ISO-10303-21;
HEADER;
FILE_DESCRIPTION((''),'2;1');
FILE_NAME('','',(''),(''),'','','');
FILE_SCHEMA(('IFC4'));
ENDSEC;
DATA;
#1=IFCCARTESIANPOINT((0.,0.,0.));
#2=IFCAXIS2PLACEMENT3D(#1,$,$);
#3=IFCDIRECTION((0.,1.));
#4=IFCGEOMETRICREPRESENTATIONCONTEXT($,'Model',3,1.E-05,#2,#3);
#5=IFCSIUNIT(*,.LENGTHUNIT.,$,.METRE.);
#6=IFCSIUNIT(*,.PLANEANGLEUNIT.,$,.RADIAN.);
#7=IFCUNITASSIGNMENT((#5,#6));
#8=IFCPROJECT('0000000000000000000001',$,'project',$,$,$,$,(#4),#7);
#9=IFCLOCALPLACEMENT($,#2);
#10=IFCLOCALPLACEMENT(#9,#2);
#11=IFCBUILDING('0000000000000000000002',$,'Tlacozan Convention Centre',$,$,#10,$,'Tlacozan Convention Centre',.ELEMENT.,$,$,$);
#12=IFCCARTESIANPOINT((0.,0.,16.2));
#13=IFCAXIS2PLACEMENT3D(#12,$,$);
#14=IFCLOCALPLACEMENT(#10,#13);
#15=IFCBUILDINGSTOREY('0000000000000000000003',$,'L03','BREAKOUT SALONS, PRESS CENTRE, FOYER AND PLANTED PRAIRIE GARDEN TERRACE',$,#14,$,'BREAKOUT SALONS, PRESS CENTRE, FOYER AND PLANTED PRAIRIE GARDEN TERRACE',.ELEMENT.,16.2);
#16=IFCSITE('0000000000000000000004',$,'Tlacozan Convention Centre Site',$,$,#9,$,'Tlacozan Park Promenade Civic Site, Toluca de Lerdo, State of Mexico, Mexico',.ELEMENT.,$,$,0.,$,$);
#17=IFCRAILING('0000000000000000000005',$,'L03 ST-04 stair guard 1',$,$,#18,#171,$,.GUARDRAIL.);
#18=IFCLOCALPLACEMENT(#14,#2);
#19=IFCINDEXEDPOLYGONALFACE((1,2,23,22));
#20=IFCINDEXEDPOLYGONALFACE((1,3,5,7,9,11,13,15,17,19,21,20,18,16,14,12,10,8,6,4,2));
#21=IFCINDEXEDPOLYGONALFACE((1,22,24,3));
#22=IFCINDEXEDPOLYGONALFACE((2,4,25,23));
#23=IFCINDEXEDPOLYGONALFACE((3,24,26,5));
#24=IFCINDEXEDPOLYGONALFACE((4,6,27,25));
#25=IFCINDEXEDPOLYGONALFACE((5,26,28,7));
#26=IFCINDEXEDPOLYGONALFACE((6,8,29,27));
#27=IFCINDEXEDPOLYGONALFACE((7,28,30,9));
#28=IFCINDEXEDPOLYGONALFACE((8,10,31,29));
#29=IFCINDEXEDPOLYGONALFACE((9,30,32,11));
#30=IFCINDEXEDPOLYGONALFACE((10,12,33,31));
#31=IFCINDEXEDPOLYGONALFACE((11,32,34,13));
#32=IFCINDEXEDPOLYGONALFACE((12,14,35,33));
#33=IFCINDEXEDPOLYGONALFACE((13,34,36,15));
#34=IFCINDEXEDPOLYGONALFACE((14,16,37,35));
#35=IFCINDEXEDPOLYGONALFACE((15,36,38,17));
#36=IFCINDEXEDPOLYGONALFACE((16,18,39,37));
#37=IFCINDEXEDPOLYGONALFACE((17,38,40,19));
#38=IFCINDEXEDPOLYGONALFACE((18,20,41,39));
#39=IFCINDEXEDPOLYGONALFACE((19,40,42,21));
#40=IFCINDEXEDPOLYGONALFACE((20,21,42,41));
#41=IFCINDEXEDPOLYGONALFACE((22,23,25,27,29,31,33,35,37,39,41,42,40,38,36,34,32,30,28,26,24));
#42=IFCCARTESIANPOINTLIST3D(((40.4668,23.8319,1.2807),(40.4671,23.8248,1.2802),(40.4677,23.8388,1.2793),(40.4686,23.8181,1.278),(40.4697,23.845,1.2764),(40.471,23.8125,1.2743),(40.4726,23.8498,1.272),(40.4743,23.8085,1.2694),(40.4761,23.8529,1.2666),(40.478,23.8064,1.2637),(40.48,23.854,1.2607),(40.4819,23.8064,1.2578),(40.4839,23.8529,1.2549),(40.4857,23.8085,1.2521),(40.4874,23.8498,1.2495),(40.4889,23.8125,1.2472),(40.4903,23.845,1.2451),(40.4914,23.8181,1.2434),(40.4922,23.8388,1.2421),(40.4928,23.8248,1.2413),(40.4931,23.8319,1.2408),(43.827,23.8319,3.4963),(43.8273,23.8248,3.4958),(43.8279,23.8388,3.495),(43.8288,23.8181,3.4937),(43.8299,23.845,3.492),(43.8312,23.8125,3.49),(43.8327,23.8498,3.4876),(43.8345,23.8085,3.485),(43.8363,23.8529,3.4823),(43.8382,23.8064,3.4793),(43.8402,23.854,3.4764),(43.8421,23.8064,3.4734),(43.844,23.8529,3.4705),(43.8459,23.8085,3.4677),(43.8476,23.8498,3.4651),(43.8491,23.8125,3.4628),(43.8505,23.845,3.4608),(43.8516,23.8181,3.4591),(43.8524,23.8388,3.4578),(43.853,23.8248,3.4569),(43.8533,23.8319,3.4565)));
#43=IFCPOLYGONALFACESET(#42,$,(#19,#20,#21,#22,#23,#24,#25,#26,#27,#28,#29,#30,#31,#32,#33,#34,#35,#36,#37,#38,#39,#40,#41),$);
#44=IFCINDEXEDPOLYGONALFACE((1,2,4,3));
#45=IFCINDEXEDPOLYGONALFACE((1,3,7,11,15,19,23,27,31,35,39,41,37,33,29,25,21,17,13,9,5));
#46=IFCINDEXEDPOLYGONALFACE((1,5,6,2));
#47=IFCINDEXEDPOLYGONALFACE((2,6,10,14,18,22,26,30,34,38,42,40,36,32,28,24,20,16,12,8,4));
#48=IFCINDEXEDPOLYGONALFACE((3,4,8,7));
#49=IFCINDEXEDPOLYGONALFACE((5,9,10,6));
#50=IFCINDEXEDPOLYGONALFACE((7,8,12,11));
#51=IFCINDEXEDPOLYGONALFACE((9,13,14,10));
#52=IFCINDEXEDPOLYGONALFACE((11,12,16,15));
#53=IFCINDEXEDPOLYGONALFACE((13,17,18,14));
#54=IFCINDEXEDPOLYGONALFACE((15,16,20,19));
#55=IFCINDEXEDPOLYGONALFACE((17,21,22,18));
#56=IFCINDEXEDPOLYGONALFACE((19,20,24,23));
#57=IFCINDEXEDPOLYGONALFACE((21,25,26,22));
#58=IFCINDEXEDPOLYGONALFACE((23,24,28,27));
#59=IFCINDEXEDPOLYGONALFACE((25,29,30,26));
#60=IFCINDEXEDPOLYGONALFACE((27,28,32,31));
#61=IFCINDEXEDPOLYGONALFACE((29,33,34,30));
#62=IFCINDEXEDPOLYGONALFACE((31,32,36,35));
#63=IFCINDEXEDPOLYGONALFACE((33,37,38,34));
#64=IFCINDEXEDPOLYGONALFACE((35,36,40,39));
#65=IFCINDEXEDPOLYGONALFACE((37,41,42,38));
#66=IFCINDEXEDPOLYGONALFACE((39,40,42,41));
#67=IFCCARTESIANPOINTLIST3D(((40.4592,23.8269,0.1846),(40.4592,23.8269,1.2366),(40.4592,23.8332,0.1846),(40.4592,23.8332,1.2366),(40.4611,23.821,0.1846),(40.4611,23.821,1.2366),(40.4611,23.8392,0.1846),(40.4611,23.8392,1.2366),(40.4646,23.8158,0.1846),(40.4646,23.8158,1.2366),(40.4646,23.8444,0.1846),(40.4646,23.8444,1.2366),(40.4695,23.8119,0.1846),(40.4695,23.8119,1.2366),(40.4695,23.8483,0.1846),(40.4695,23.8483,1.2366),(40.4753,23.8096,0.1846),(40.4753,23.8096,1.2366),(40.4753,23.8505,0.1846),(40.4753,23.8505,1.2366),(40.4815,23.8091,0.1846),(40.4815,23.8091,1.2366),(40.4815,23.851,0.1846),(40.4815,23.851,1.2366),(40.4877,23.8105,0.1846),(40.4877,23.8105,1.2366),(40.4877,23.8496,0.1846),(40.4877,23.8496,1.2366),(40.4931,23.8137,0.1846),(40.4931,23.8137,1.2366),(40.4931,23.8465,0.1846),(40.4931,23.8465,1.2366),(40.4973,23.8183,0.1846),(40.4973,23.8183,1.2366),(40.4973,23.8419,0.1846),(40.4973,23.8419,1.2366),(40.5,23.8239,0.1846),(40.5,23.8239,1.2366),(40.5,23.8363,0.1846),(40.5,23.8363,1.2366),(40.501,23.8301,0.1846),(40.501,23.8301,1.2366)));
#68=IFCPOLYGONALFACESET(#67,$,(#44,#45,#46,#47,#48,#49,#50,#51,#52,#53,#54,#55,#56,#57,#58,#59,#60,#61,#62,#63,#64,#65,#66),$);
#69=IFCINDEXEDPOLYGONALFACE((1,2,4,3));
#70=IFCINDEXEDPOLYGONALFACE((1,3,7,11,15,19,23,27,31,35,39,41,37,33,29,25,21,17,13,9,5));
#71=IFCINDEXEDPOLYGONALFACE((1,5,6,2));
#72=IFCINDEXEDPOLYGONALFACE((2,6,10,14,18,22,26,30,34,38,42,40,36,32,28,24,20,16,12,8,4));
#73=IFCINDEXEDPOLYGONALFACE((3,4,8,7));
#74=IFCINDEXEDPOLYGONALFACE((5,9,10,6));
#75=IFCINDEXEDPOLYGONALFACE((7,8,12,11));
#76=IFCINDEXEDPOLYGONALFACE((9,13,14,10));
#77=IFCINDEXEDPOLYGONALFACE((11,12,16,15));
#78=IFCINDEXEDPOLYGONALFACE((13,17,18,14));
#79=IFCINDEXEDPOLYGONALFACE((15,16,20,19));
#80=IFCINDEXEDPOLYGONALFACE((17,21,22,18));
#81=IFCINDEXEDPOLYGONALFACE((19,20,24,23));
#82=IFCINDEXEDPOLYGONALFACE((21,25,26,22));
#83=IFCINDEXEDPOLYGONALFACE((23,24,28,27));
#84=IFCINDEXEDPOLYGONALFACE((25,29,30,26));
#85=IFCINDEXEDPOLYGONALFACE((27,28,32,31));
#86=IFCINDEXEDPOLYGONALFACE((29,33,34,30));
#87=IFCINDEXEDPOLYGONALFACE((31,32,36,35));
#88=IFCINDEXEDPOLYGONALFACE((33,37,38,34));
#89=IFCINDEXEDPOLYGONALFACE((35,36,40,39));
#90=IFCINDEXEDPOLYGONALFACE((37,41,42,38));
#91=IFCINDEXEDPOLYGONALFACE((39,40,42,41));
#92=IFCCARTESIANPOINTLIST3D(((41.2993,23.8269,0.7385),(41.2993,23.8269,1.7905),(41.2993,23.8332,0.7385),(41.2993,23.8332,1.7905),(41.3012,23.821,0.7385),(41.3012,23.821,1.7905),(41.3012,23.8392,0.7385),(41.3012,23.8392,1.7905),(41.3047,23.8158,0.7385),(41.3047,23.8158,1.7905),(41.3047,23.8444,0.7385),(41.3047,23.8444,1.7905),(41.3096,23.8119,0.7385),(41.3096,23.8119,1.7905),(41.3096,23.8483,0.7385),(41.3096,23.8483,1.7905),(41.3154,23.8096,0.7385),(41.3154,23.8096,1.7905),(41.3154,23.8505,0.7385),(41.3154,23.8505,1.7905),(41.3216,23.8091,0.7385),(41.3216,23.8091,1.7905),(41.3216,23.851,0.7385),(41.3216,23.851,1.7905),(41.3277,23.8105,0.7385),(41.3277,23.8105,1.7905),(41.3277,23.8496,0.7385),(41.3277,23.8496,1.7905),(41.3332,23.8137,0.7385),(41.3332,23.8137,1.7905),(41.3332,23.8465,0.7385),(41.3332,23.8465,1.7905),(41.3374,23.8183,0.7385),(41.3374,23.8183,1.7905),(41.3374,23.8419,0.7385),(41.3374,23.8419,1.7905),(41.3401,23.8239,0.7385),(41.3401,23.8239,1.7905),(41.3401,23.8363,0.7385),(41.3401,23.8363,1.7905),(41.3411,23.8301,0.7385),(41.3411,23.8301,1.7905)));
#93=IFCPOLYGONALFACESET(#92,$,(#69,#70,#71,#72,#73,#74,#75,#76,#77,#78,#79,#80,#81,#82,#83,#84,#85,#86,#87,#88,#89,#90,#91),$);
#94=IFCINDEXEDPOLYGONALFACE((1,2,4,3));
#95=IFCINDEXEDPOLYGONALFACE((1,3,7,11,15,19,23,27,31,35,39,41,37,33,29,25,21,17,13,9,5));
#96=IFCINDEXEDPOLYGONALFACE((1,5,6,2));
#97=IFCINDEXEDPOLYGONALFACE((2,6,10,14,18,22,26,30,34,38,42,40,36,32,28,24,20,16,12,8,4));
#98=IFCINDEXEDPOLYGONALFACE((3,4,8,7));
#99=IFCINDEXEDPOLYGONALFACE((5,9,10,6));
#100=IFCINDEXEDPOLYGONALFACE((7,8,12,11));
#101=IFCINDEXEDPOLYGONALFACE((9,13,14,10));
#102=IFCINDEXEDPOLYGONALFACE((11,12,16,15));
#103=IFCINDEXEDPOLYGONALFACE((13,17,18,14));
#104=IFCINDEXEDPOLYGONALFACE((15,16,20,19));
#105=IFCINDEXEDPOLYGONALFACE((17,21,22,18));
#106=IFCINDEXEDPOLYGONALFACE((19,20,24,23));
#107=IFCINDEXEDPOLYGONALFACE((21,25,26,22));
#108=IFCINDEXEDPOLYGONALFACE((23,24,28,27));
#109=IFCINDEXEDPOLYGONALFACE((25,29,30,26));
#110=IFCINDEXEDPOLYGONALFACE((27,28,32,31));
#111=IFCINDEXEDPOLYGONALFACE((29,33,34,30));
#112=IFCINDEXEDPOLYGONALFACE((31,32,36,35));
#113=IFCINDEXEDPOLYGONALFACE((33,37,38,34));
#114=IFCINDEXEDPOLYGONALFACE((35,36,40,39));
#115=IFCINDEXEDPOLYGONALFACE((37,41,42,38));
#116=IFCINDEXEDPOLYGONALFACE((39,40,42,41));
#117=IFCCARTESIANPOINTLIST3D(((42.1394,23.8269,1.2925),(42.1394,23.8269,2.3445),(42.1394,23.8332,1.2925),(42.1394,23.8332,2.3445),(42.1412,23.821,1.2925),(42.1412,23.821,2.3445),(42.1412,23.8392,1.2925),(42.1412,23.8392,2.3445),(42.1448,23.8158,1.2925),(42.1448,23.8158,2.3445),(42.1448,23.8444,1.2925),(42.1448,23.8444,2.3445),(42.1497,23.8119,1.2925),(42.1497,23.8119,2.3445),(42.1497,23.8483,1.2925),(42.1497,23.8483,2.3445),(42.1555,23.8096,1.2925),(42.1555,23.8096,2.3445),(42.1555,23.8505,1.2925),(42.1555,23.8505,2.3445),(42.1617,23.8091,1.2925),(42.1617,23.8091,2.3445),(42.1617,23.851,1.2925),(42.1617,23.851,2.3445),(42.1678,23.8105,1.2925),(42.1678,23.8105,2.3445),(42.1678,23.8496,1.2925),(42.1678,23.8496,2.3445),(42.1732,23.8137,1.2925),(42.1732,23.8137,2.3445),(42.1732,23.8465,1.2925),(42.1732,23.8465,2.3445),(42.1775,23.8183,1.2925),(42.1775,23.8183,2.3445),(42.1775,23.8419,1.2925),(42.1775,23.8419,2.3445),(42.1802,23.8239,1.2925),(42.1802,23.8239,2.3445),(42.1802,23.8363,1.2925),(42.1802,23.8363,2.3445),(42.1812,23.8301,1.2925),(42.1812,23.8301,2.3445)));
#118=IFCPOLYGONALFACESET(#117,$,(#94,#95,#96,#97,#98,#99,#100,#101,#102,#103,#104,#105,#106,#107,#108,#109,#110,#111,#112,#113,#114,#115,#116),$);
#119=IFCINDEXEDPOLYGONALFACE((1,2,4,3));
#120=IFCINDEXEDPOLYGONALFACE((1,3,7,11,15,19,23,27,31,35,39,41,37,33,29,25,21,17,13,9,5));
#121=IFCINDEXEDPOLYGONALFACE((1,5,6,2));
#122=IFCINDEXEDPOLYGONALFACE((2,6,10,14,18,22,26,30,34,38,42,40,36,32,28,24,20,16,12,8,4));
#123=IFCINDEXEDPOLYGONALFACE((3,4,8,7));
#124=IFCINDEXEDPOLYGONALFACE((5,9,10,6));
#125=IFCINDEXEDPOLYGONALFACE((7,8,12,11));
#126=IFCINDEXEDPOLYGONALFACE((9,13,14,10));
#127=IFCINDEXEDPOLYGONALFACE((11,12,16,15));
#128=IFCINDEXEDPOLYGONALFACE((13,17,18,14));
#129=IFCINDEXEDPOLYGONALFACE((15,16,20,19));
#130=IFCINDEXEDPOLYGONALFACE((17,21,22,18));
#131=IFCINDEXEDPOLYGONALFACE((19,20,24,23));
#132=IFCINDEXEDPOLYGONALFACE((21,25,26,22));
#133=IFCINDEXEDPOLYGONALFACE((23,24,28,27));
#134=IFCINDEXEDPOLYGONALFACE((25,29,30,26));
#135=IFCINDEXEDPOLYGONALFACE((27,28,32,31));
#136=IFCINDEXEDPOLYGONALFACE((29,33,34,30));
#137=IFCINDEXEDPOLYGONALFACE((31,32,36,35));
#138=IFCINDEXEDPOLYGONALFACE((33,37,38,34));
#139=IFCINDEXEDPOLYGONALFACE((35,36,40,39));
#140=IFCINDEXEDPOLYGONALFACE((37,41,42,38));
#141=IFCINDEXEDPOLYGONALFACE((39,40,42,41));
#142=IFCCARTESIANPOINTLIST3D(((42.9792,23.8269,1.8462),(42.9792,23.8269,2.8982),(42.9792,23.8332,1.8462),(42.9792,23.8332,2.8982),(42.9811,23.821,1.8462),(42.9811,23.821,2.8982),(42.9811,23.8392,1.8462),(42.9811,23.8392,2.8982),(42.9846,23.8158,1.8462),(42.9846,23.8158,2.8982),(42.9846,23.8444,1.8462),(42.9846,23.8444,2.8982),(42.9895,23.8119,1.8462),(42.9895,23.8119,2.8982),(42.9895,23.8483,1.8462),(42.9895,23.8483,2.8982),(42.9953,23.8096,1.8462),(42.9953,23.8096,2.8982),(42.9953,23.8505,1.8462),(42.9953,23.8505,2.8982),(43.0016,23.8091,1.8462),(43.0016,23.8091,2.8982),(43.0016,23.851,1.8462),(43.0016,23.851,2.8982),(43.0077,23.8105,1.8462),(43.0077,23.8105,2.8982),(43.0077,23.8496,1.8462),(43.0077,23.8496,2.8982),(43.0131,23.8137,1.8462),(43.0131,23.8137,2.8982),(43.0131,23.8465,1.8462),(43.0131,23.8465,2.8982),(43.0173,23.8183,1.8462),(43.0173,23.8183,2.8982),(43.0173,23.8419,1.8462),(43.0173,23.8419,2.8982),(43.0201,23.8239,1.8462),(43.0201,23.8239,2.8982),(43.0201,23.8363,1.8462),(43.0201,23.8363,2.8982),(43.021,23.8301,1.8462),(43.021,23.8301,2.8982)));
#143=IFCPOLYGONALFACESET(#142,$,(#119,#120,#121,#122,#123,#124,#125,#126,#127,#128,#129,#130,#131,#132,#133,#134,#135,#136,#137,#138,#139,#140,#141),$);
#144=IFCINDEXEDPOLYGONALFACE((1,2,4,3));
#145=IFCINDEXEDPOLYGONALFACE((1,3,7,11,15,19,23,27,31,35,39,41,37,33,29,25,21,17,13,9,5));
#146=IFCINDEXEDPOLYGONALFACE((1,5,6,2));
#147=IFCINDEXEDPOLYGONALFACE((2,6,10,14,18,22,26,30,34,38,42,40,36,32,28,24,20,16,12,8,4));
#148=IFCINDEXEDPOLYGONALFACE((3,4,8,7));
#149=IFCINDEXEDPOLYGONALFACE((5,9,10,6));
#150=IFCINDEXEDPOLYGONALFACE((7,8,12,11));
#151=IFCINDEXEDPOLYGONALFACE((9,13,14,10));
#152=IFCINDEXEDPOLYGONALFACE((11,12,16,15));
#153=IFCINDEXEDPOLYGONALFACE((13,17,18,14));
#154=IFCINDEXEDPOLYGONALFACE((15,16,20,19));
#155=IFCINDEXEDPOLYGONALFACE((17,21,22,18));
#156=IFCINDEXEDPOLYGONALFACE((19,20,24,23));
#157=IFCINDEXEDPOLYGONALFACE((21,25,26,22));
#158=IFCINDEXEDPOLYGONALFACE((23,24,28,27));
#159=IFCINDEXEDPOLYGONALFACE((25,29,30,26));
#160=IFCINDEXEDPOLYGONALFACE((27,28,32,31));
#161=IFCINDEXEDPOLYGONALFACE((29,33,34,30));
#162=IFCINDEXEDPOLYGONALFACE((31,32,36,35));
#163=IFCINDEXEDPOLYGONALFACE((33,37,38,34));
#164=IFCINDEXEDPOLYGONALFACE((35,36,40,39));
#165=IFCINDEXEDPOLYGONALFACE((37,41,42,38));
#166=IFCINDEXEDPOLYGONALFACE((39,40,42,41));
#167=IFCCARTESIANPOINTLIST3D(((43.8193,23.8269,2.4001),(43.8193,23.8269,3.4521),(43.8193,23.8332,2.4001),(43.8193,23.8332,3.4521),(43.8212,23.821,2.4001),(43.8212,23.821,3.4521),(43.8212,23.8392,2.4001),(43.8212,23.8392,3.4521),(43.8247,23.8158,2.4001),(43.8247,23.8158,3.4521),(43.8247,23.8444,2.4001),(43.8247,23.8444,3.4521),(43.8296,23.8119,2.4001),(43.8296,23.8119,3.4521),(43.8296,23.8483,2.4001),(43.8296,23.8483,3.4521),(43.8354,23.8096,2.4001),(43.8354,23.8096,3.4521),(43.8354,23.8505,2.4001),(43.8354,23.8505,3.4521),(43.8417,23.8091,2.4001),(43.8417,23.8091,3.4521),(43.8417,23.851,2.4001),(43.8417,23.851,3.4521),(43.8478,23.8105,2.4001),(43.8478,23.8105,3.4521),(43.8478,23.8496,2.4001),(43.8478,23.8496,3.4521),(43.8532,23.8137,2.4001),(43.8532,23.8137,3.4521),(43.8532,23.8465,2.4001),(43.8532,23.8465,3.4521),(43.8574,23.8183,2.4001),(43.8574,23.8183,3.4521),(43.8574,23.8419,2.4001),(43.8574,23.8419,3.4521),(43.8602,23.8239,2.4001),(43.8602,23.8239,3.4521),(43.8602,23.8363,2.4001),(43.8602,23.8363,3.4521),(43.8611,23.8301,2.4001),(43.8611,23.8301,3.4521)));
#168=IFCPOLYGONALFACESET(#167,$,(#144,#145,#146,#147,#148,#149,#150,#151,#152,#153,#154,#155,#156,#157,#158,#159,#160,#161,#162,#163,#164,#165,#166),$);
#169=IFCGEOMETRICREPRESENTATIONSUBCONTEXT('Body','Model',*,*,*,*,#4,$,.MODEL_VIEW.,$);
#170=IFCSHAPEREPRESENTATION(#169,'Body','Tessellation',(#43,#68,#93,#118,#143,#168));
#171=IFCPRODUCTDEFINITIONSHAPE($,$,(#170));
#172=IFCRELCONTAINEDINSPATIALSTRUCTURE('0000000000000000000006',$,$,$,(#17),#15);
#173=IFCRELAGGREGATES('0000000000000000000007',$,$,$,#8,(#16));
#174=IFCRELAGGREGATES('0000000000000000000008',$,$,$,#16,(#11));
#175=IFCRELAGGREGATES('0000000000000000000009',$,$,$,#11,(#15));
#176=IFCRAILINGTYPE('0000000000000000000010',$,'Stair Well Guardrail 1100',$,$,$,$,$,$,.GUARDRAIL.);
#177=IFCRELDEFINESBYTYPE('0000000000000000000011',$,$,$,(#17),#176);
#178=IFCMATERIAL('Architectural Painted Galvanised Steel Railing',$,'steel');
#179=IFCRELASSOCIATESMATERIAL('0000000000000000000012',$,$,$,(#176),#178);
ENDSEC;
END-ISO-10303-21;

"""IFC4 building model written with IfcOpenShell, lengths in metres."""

from ifc_helpers import new_model, si_unit, direction, frame, origin, origin_2d, place, context, subcontext, project, spatial, circle, extrude, material, type_object, element, save


model = new_model("IFC4")

# Units and contexts
model_context = context("Model", 3, precision=1e-05, world=origin(), true_north=direction((0.0, 1.0)))
body_context = subcontext(model_context, "Body", "Model", "MODEL_VIEW")
ifc_project = project(units=[si_unit("LENGTHUNIT", "METRE"), si_unit("PLANEANGLEUNIT", "RADIAN")], contexts=[model_context])

# Site, building, storey
site_placement = place(None, origin())
site = spatial("IfcSite", under=ifc_project, at=site_placement, Name="Tlacozan Convention Centre Site", LongName="Tlacozan Park Promenade Civic Site, Toluca de Lerdo, State of Mexico, Mexico", CompositionType="ELEMENT", RefElevation=0.0)
building_placement = place(site_placement, origin())
building = spatial("IfcBuilding", under=site, at=building_placement, Name="Tlacozan Convention Centre", LongName="Tlacozan Convention Centre", CompositionType="ELEMENT")
storey_placement = place(building_placement, frame((0.0, 0.0, 16.2)))
storey = spatial("IfcBuildingStorey", under=building, at=storey_placement, Name="L03", Description="BREAKOUT SALONS, PRESS CENTRE, FOYER AND PLANTED PRAIRIE GARDEN TERRACE", LongName="BREAKOUT SALONS, PRESS CENTRE, FOYER AND PLANTED PRAIRIE GARDEN TERRACE", CompositionType="ELEMENT", Elevation=16.2)

# Railing
ifc_material_1 = material(Name="Architectural Painted Galvanised Steel Railing", Category="steel")
railing_type_1 = type_object("IfcRailingType", Name="Stair Well Guardrail 1100", PredefinedType="GUARDRAIL", material=ifc_material_1)
railing_1_placement = place(storey_placement, frame((40.48, 23.8301, 0.1846)))
element("IfcRailing", 1, at=railing_1_placement, inside=storey, type_object=railing_type_1, Name="L03 ST-04 stair guard 1", PredefinedType="GUARDRAIL", context=body_context, shape_type="SweptSolid", body=[
    extrude(circle(Radius=0.0239, at=origin_2d()), frame((0.0, 0.0, 1.0762), z_axis=(0.834849, 0.0, 0.55048), x_axis=(0.0, 1.0, 0.0)), (0.0, 0.0, 1.0), 4.0249),
    extrude(circle(Radius=0.021, at=origin_2d()), origin(), (0.0, 0.0, 1.0), 1.052),
    extrude(circle(Radius=0.021, at=origin_2d()), frame((0.8401, 0.0, 0.554)), (0.0, 0.0, 1.0), 1.052),
    extrude(circle(Radius=0.021, at=origin_2d()), frame((1.6802, 0.0, 1.1079)), (0.0, 0.0, 1.0), 1.052),
    extrude(circle(Radius=0.021, at=origin_2d()), frame((2.52, 0.0, 1.6616)), (0.0, 0.0, 1.0), 1.052),
    extrude(circle(Radius=0.021, at=origin_2d()), frame((3.3601, 0.0, 2.2156)), (0.0, 0.0, 1.0), 1.052),
])

save(model, "model.ifc")
